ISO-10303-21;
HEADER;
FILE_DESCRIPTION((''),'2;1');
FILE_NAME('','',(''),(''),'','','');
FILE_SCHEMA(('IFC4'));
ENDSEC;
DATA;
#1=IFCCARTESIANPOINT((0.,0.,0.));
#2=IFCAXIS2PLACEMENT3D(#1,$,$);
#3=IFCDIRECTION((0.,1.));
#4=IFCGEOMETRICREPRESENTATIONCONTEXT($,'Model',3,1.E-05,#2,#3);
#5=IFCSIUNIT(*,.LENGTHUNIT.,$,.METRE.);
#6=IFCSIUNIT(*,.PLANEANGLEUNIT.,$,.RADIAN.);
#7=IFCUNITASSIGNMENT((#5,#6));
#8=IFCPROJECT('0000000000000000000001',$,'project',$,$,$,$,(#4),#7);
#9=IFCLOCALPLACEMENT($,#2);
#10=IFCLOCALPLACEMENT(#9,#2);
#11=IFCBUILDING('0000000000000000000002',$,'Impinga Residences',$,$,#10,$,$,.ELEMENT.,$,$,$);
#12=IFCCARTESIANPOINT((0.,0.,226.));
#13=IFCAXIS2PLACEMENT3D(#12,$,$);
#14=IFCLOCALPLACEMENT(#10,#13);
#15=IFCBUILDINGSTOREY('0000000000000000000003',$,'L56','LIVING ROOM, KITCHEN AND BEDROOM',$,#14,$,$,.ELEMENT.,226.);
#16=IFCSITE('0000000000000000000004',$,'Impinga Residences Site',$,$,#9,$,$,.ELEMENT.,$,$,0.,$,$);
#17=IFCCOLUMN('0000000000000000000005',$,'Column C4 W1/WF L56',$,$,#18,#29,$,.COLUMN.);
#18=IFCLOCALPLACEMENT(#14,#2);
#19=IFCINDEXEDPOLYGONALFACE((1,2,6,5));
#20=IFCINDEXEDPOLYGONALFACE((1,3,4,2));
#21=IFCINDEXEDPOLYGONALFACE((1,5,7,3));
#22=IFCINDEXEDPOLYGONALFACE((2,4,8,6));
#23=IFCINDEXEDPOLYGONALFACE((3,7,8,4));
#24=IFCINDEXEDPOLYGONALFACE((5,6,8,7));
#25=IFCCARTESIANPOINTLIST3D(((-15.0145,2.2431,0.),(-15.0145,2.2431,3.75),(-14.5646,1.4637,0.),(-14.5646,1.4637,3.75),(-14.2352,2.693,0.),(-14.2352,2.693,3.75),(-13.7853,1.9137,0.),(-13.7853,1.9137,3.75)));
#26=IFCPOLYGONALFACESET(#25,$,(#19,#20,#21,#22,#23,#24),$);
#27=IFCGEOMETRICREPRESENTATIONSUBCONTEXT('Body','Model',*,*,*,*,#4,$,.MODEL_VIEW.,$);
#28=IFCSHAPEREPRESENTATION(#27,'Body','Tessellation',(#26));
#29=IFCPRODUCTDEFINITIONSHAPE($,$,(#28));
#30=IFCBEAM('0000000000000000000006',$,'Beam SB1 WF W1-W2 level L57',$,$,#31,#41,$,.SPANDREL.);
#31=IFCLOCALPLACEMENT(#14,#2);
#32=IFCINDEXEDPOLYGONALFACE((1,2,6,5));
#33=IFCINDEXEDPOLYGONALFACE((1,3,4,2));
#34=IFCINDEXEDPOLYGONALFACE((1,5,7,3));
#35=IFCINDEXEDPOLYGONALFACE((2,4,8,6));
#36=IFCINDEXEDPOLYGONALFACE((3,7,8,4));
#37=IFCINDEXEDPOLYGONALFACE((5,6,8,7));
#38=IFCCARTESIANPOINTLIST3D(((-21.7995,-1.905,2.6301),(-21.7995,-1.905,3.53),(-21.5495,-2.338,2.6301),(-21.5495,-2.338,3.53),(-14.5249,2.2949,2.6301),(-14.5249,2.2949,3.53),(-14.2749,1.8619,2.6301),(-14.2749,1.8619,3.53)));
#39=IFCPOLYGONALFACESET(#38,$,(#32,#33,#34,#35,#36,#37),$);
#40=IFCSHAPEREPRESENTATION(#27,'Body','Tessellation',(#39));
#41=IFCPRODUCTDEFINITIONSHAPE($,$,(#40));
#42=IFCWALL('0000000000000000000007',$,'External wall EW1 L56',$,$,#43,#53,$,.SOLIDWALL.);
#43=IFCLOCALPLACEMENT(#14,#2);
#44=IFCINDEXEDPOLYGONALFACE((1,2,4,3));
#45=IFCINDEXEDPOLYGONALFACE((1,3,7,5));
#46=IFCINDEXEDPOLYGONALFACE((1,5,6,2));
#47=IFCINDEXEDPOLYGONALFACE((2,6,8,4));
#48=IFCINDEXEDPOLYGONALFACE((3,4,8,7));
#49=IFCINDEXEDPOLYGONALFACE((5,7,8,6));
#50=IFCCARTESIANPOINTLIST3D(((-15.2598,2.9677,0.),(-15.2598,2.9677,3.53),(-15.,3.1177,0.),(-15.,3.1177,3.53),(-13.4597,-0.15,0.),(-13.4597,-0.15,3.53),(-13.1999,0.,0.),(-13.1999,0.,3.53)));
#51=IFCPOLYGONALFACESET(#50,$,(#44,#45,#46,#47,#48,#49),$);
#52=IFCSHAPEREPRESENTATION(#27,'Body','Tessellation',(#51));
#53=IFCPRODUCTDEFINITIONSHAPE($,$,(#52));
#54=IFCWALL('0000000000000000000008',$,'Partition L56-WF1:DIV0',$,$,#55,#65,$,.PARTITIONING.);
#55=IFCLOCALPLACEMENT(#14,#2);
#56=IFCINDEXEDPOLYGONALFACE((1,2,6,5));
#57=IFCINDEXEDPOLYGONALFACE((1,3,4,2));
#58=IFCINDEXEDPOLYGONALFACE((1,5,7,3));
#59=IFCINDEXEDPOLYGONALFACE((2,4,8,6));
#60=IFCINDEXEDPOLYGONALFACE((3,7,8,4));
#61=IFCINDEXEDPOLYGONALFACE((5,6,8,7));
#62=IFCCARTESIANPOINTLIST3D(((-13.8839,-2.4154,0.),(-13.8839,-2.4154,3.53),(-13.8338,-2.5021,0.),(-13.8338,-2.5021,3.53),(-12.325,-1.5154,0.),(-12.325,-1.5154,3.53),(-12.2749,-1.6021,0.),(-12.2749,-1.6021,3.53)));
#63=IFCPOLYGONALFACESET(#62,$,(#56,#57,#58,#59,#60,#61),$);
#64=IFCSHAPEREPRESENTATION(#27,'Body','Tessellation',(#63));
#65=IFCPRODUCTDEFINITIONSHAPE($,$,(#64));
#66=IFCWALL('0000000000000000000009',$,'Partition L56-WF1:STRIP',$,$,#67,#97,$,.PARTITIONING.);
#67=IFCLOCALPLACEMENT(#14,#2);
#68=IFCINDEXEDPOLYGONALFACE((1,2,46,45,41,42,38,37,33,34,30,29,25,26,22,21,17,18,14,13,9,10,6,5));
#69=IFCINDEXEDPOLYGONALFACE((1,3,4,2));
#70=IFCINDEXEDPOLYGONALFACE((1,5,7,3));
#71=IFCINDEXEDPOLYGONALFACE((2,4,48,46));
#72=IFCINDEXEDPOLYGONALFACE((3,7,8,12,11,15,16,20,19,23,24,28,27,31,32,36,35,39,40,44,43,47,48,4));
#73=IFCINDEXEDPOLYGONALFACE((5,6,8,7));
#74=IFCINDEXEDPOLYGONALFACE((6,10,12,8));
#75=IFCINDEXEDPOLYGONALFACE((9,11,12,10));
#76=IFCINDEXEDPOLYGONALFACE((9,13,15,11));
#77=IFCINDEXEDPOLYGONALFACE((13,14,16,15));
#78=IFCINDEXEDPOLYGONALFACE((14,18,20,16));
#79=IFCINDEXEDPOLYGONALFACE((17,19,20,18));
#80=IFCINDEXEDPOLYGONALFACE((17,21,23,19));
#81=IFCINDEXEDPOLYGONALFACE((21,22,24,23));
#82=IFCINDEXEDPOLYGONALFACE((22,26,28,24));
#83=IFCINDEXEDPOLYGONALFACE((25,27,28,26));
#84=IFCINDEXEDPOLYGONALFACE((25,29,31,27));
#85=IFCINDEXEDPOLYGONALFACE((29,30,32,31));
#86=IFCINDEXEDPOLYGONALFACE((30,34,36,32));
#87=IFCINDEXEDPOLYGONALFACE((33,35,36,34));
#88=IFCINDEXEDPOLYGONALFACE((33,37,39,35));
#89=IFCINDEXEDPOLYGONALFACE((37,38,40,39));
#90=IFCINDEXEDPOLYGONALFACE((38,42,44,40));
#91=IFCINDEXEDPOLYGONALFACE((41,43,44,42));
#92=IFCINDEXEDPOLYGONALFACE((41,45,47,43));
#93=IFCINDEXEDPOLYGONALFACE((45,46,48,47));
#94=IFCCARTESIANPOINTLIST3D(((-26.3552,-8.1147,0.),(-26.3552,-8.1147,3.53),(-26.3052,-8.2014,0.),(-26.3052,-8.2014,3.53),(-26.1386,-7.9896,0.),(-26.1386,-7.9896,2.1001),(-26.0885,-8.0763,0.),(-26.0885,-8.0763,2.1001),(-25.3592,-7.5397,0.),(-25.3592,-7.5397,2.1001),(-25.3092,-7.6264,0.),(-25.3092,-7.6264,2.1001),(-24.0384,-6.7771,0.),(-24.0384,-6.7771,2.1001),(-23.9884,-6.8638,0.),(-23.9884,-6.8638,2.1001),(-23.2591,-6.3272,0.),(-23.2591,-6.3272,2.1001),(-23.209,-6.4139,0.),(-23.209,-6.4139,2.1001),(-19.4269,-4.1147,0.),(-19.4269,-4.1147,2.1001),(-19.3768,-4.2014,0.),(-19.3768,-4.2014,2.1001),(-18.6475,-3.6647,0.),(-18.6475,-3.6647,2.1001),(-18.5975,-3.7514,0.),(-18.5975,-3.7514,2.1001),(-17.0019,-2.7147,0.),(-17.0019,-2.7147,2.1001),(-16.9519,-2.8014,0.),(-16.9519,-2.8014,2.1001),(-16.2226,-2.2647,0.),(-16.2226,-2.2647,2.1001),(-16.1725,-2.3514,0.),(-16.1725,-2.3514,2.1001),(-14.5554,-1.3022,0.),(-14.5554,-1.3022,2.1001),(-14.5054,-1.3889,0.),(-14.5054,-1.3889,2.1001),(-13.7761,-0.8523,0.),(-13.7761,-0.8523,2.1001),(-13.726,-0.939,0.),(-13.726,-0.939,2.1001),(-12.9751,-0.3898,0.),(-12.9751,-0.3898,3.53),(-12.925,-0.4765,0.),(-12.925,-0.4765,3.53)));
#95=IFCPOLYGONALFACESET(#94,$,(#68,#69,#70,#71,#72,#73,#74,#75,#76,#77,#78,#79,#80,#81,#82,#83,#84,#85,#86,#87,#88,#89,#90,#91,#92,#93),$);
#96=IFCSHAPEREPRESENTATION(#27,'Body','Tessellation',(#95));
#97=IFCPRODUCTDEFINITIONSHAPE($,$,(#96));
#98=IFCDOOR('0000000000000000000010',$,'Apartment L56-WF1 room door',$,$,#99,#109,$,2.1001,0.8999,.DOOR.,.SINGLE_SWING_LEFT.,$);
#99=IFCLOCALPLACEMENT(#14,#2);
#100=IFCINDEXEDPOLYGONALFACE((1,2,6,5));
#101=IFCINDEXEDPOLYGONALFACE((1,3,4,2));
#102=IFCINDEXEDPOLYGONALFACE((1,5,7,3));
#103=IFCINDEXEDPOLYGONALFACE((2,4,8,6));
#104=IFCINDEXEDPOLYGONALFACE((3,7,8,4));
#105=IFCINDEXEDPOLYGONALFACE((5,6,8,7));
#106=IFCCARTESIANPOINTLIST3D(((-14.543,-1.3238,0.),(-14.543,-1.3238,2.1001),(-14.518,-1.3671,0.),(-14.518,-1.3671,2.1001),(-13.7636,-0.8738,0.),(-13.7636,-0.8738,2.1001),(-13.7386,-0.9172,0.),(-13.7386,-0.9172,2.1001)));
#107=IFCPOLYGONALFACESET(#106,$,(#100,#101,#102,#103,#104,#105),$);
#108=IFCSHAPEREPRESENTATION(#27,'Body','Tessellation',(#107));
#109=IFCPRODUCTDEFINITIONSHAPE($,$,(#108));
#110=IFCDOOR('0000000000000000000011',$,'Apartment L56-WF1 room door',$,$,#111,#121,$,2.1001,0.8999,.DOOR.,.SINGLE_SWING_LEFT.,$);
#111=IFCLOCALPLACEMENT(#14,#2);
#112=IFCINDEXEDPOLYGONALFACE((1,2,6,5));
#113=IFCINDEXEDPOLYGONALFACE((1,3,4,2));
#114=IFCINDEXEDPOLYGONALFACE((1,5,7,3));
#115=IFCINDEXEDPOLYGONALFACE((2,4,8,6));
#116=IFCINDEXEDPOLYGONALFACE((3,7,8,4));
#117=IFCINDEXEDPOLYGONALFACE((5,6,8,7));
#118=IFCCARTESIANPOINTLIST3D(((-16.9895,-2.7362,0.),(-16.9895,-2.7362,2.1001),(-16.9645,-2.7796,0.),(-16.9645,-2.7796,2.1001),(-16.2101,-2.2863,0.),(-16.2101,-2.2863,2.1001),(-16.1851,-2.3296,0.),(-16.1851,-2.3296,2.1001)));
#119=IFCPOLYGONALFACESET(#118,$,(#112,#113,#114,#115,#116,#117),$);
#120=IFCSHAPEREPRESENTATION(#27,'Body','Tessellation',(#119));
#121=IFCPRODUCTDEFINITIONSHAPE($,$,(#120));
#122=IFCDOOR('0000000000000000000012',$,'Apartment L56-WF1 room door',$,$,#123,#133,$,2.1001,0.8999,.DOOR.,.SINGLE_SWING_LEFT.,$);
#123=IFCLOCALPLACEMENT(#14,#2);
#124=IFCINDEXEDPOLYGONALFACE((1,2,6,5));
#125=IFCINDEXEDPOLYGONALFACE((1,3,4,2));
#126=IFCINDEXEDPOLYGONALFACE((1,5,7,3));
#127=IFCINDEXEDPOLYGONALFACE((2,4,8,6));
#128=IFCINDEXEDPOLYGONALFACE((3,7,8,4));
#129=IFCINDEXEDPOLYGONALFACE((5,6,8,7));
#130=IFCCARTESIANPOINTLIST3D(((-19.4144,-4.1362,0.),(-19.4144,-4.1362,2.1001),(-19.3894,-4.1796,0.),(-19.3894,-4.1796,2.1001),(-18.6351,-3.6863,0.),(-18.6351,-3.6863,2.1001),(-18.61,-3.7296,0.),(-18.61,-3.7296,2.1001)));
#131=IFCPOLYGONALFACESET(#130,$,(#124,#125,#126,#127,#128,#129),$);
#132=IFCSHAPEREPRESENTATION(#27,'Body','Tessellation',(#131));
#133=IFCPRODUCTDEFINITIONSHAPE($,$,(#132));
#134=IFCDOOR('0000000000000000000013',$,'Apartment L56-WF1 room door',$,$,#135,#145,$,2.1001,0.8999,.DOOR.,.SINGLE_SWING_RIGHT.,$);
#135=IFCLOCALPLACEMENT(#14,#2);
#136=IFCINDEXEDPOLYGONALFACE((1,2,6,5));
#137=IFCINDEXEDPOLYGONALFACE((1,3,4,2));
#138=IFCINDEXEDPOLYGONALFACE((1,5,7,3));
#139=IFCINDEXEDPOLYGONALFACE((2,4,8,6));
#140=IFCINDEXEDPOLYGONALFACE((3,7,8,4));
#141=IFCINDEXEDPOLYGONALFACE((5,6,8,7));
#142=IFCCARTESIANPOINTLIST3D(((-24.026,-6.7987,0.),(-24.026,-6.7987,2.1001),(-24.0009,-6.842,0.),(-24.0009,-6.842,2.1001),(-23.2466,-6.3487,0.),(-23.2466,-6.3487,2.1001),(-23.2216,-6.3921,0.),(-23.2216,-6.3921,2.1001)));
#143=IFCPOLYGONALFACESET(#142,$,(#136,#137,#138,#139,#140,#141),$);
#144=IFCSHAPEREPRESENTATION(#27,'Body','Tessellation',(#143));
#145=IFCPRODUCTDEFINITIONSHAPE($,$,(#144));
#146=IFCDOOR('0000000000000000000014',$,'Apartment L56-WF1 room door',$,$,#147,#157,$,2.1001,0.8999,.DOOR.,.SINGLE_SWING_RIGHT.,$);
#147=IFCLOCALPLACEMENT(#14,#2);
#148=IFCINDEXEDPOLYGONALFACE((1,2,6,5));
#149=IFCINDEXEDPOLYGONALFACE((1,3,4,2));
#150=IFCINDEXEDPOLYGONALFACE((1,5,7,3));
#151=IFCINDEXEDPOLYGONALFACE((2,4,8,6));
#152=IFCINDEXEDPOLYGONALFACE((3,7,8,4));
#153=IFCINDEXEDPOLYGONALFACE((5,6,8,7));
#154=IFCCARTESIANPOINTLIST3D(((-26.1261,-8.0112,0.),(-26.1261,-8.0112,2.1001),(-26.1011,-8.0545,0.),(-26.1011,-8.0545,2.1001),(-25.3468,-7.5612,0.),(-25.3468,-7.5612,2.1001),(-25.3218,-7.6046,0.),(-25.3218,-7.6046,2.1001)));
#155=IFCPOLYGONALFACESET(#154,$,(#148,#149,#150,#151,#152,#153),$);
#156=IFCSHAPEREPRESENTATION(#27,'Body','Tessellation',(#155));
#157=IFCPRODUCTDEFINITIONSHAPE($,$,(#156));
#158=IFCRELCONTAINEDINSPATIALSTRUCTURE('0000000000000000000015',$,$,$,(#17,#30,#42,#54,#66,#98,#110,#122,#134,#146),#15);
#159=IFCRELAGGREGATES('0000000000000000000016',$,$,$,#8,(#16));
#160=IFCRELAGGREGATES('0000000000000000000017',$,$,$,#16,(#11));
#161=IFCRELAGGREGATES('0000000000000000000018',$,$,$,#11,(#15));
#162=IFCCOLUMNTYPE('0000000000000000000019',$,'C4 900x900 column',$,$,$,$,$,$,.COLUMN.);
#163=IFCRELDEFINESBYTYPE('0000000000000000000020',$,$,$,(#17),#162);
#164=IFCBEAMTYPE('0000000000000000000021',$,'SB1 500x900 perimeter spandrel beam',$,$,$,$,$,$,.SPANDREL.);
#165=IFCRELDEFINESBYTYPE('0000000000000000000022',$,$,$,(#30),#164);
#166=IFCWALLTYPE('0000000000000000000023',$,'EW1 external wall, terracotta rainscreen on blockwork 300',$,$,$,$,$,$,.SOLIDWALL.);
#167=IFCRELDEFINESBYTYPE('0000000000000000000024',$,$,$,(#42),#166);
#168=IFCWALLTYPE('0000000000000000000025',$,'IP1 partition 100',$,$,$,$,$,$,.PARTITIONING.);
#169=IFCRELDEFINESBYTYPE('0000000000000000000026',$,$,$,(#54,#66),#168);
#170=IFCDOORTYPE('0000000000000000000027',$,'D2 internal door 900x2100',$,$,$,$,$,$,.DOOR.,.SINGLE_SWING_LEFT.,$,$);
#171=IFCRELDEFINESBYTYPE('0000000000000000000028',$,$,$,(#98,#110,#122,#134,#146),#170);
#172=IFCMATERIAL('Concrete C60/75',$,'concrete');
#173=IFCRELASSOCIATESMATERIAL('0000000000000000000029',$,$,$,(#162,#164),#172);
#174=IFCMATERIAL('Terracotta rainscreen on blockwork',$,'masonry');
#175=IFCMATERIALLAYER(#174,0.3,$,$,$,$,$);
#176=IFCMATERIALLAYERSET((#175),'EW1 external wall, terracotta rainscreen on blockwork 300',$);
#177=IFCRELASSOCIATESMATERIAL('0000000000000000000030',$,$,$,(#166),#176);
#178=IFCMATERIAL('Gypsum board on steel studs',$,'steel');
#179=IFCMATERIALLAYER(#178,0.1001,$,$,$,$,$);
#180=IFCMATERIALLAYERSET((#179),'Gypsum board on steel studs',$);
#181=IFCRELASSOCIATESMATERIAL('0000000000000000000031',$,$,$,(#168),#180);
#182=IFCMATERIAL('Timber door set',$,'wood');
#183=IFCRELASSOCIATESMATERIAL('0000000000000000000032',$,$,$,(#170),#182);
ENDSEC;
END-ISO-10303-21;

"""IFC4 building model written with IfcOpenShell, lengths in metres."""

from ifc_helpers import new_model, si_unit, direction, frame, frame_2d, origin, origin_2d, place, context, subcontext, project, spatial, rectangle, extrude, material, layer, layer_set, material_profile, profile_set, type_object, element, fill, save


model = new_model("IFC4")

# Units and contexts
model_context = context("Model", 3, precision=1e-05, world=origin(), true_north=direction((0.0, 1.0)))
body_context = subcontext(model_context, "Body", "Model", "MODEL_VIEW")
ifc_project = project(units=[si_unit("LENGTHUNIT", "METRE"), si_unit("PLANEANGLEUNIT", "RADIAN")], contexts=[model_context])

# Site, building, storey
site_placement = place(None, origin())
site = spatial("IfcSite", under=ifc_project, at=site_placement, Name="Impinga Residences Site", CompositionType="ELEMENT", RefElevation=0.0)
building_placement = place(site_placement, origin())
building = spatial("IfcBuilding", under=site, at=building_placement, Name="Impinga Residences", CompositionType="ELEMENT")
storey_placement = place(building_placement, frame((0.0, 0.0, 226.0)))
storey = spatial("IfcBuildingStorey", under=building, at=storey_placement, Name="L56", Description="LIVING ROOM, KITCHEN AND BEDROOM", CompositionType="ELEMENT", Elevation=226.0)

# Column
ifc_material_1 = material(Name="Concrete C60/75", Category="concrete")
ifc_material_profile_1 = material_profile(ifc_material_1, rectangle(XDim=0.8999, YDim=0.8999, at=origin_2d()), Name="RC 900x900")
ifc_profile_set_1 = profile_set([ifc_material_profile_1], Name="Concrete C60/75")
column_type = type_object("IfcColumnType", Name="C4 900x900 column", PredefinedType="COLUMN", material=ifc_profile_set_1)
column_placement = place(storey_placement, frame((-14.3999, 2.0784, 0.0), z_axis=(0.0, 0.0, 1.0), x_axis=(-0.5, 0.866025, 0.0)))
element("IfcColumn", 1, at=column_placement, inside=storey, type_object=column_type, Name="Column C4 W1/WF L56", PredefinedType="COLUMN", context=body_context, shape_type="SweptSolid", body=[
    extrude(rectangle(XDim=0.8999, YDim=0.8999, at=origin_2d()), origin(), (0.0, 0.0, 1.0), 3.75),
])

# Beam
ifc_material_profile_2 = material_profile(ifc_material_1, rectangle(XDim=0.5, YDim=0.8999, at=origin_2d()), Name="RC 500x900")
ifc_profile_set_2 = profile_set([ifc_material_profile_2], Name="Concrete C60/75")
beam_type = type_object("IfcBeamType", Name="SB1 500x900 perimeter spandrel beam", PredefinedType="SPANDREL", material=ifc_profile_set_2)
beam_placement = place(storey_placement, frame((-14.3999, 2.0784, 3.0801), z_axis=(-0.866029, -0.499993, 0.0), x_axis=(0.499993, -0.866029, 0.0)))
element("IfcBeam", 2, at=beam_placement, inside=storey, type_object=beam_type, Name="Beam SB1 WF W1-W2 level L57", PredefinedType="SPANDREL", context=body_context, shape_type="SweptSolid", body=[
    extrude(rectangle(XDim=0.5, YDim=0.8999, at=origin_2d()), origin(), (0.0, 0.0, 1.0), 8.3999),
])

# Walls
ifc_material_2 = material(Name="Terracotta rainscreen on blockwork", Category="masonry")
ifc_layer_1 = layer(ifc_material_2, 0.3)
ifc_layer_set_1 = layer_set([ifc_layer_1], Name="EW1 external wall, terracotta rainscreen on blockwork 300")
wall_type_1 = type_object("IfcWallType", Name="EW1 external wall, terracotta rainscreen on blockwork 300", PredefinedType="SOLIDWALL", material=ifc_layer_set_1)
wall_1_placement = place(storey_placement, frame((-15.1299, 3.0427, 0.0), z_axis=(0.0, 0.0, 1.0), x_axis=(0.500012, -0.866018, 0.0)))
element("IfcWall", 3, at=wall_1_placement, inside=storey, type_object=wall_type_1, Name="External wall EW1 L56", PredefinedType="SOLIDWALL", context=body_context, shape_type="SweptSolid", body=[
    extrude(rectangle(XDim=3.6001, YDim=0.3, at=frame_2d((1.8, 0.0))), origin(), (0.0, 0.0, 1.0), 3.53),
])
ifc_material_3 = material(Name="Gypsum board on steel studs", Category="steel")
ifc_layer_2 = layer(ifc_material_3, 0.1001)
ifc_layer_set_2 = layer_set([ifc_layer_2], Name="Gypsum board on steel studs")
wall_type_2 = type_object("IfcWallType", Name="IP1 partition 100", PredefinedType="PARTITIONING", material=ifc_layer_set_2)
wall_2_placement = place(storey_placement, frame((-12.3, -1.5588, 0.0), z_axis=(0.0, 0.0, 1.0), x_axis=(-0.866048, -0.499961, 0.0)))
element("IfcWall", 4, at=wall_2_placement, inside=storey, type_object=wall_type_2, Name="Partition L56-WF1:DIV0", PredefinedType="PARTITIONING", context=body_context, shape_type="SweptSolid", body=[
    extrude(rectangle(XDim=1.8, YDim=0.1001, at=frame_2d((0.8999, 0.0))), origin(), (0.0, 0.0, 1.0), 3.53),
])

# Wall, openings, doors
wall_3_placement = place(storey_placement, frame((-12.95, -0.4331, 0.0), z_axis=(0.0, 0.0, 1.0), x_axis=(-0.86603, -0.499992, 0.0)))
wall_3 = element("IfcWall", 5, at=wall_3_placement, inside=storey, type_object=wall_type_2, Name="Partition L56-WF1:STRIP", PredefinedType="PARTITIONING", context=body_context, shape_type="SweptSolid", body=[
    extrude(rectangle(XDim=15.45, YDim=0.1001, at=frame_2d((7.7251, 0.0))), origin(), (0.0, 0.0, 1.0), 3.53),
])
opening_1_placement = place(wall_3_placement, frame((0.925, 0.0, 0.0)))
opening_1 = element("IfcOpeningElement", 6, at=opening_1_placement, cuts=wall_3, PredefinedType="OPENING", context=body_context, shape_type="SweptSolid", body=[
    extrude(rectangle(XDim=0.8999, YDim=2.1001, at=frame_2d((0.45, 1.05))), frame((0.0, 0.0601, 0.0), z_axis=(0.0, -1.0, 0.0), x_axis=(1.0, 0.0, 0.0)), (0.0, 0.0, 1.0), 0.1201),
])
opening_2_placement = place(wall_3_placement, frame((3.75, 0.0, 0.0)))
opening_2 = element("IfcOpeningElement", 7, at=opening_2_placement, cuts=wall_3, PredefinedType="OPENING", context=body_context, shape_type="SweptSolid", body=[
    extrude(rectangle(XDim=0.8999, YDim=2.1001, at=frame_2d((0.45, 1.05))), frame((0.0, 0.0601, 0.0), z_axis=(0.0, -1.0, 0.0), x_axis=(1.0, 0.0, 0.0)), (0.0, 0.0, 1.0), 0.1201),
])
opening_3_placement = place(wall_3_placement, frame((6.55, 0.0, 0.0)))
opening_3 = element("IfcOpeningElement", 8, at=opening_3_placement, cuts=wall_3, PredefinedType="OPENING", context=body_context, shape_type="SweptSolid", body=[
    extrude(rectangle(XDim=0.8999, YDim=2.1001, at=frame_2d((0.45, 1.05))), frame((0.0, 0.0601, 0.0), z_axis=(0.0, -1.0, 0.0), x_axis=(1.0, 0.0, 0.0)), (0.0, 0.0, 1.0), 0.1201),
])
opening_4_placement = place(wall_3_placement, frame((11.875, 0.0, 0.0)))
opening_4 = element("IfcOpeningElement", 9, at=opening_4_placement, cuts=wall_3, PredefinedType="OPENING", context=body_context, shape_type="SweptSolid", body=[
    extrude(rectangle(XDim=0.8999, YDim=2.1001, at=frame_2d((0.45, 1.05))), frame((0.0, 0.0601, 0.0), z_axis=(0.0, -1.0, 0.0), x_axis=(1.0, 0.0, 0.0)), (0.0, 0.0, 1.0), 0.1201),
])
opening_5_placement = place(wall_3_placement, frame((14.3, 0.0, 0.0)))
opening_5 = element("IfcOpeningElement", 10, at=opening_5_placement, cuts=wall_3, PredefinedType="OPENING", context=body_context, shape_type="SweptSolid", body=[
    extrude(rectangle(XDim=0.8999, YDim=2.1001, at=frame_2d((0.45, 1.05))), frame((0.0, 0.0601, 0.0), z_axis=(0.0, -1.0, 0.0), x_axis=(1.0, 0.0, 0.0)), (0.0, 0.0, 1.0), 0.1201),
])
ifc_material_4 = material(Name="Timber door set", Category="wood")
door_type_1 = type_object("IfcDoorType", Name="D2 internal door 900x2100", OperationType="SINGLE_SWING_LEFT", PredefinedType="DOOR", material=ifc_material_4)
door_1_placement = place(opening_1_placement, origin())
door_1 = element("IfcDoor", 11, at=door_1_placement, inside=storey, type_object=door_type_1, Name="Apartment L56-WF1 room door", OperationType="SINGLE_SWING_LEFT", OverallHeight=2.1001, OverallWidth=0.8999, PredefinedType="DOOR", context=body_context, shape_type="SweptSolid", body=[
    extrude(rectangle(XDim=0.8999, YDim=2.1001, at=frame_2d((0.45, 1.05))), frame((0.0, 0.0249, 0.0), z_axis=(0.0, -1.0, 0.0), x_axis=(1.0, 0.0, 0.0)), (0.0, 0.0, 1.0), 0.05),
])
fill(opening_1, door_1)
door_2_placement = place(opening_2_placement, origin())
door_2 = element("IfcDoor", 12, at=door_2_placement, inside=storey, type_object=door_type_1, Name="Apartment L56-WF1 room door", OperationType="SINGLE_SWING_LEFT", OverallHeight=2.1001, OverallWidth=0.8999, PredefinedType="DOOR", context=body_context, shape_type="SweptSolid", body=[
    extrude(rectangle(XDim=0.8999, YDim=2.1001, at=frame_2d((0.45, 1.05))), frame((0.0, 0.0249, 0.0), z_axis=(0.0, -1.0, 0.0), x_axis=(1.0, 0.0, 0.0)), (0.0, 0.0, 1.0), 0.05),
])
fill(opening_2, door_2)
door_3_placement = place(opening_3_placement, origin())
door_3 = element("IfcDoor", 13, at=door_3_placement, inside=storey, type_object=door_type_1, Name="Apartment L56-WF1 room door", OperationType="SINGLE_SWING_LEFT", OverallHeight=2.1001, OverallWidth=0.8999, PredefinedType="DOOR", context=body_context, shape_type="SweptSolid", body=[
    extrude(rectangle(XDim=0.8999, YDim=2.1001, at=frame_2d((0.45, 1.05))), frame((0.0, 0.0249, 0.0), z_axis=(0.0, -1.0, 0.0), x_axis=(1.0, 0.0, 0.0)), (0.0, 0.0, 1.0), 0.05),
])
fill(opening_3, door_3)
door_4_placement = place(opening_4_placement, origin())
door_4 = element("IfcDoor", 14, at=door_4_placement, inside=storey, type_object=door_type_1, Name="Apartment L56-WF1 room door", OperationType="SINGLE_SWING_RIGHT", OverallHeight=2.1001, OverallWidth=0.8999, PredefinedType="DOOR", context=body_context, shape_type="SweptSolid", body=[
    extrude(rectangle(XDim=0.8999, YDim=2.1001, at=frame_2d((0.45, 1.05))), frame((0.0, 0.0249, 0.0), z_axis=(0.0, -1.0, 0.0), x_axis=(1.0, 0.0, 0.0)), (0.0, 0.0, 1.0), 0.05),
])
fill(opening_4, door_4)
door_5_placement = place(opening_5_placement, origin())
door_5 = element("IfcDoor", 15, at=door_5_placement, inside=storey, type_object=door_type_1, Name="Apartment L56-WF1 room door", OperationType="SINGLE_SWING_RIGHT", OverallHeight=2.1001, OverallWidth=0.8999, PredefinedType="DOOR", context=body_context, shape_type="SweptSolid", body=[
    extrude(rectangle(XDim=0.8999, YDim=2.1001, at=frame_2d((0.45, 1.05))), frame((0.0, 0.0249, 0.0), z_axis=(0.0, -1.0, 0.0), x_axis=(1.0, 0.0, 0.0)), (0.0, 0.0, 1.0), 0.05),
])
fill(opening_5, door_5)

save(model, "model.ifc")
